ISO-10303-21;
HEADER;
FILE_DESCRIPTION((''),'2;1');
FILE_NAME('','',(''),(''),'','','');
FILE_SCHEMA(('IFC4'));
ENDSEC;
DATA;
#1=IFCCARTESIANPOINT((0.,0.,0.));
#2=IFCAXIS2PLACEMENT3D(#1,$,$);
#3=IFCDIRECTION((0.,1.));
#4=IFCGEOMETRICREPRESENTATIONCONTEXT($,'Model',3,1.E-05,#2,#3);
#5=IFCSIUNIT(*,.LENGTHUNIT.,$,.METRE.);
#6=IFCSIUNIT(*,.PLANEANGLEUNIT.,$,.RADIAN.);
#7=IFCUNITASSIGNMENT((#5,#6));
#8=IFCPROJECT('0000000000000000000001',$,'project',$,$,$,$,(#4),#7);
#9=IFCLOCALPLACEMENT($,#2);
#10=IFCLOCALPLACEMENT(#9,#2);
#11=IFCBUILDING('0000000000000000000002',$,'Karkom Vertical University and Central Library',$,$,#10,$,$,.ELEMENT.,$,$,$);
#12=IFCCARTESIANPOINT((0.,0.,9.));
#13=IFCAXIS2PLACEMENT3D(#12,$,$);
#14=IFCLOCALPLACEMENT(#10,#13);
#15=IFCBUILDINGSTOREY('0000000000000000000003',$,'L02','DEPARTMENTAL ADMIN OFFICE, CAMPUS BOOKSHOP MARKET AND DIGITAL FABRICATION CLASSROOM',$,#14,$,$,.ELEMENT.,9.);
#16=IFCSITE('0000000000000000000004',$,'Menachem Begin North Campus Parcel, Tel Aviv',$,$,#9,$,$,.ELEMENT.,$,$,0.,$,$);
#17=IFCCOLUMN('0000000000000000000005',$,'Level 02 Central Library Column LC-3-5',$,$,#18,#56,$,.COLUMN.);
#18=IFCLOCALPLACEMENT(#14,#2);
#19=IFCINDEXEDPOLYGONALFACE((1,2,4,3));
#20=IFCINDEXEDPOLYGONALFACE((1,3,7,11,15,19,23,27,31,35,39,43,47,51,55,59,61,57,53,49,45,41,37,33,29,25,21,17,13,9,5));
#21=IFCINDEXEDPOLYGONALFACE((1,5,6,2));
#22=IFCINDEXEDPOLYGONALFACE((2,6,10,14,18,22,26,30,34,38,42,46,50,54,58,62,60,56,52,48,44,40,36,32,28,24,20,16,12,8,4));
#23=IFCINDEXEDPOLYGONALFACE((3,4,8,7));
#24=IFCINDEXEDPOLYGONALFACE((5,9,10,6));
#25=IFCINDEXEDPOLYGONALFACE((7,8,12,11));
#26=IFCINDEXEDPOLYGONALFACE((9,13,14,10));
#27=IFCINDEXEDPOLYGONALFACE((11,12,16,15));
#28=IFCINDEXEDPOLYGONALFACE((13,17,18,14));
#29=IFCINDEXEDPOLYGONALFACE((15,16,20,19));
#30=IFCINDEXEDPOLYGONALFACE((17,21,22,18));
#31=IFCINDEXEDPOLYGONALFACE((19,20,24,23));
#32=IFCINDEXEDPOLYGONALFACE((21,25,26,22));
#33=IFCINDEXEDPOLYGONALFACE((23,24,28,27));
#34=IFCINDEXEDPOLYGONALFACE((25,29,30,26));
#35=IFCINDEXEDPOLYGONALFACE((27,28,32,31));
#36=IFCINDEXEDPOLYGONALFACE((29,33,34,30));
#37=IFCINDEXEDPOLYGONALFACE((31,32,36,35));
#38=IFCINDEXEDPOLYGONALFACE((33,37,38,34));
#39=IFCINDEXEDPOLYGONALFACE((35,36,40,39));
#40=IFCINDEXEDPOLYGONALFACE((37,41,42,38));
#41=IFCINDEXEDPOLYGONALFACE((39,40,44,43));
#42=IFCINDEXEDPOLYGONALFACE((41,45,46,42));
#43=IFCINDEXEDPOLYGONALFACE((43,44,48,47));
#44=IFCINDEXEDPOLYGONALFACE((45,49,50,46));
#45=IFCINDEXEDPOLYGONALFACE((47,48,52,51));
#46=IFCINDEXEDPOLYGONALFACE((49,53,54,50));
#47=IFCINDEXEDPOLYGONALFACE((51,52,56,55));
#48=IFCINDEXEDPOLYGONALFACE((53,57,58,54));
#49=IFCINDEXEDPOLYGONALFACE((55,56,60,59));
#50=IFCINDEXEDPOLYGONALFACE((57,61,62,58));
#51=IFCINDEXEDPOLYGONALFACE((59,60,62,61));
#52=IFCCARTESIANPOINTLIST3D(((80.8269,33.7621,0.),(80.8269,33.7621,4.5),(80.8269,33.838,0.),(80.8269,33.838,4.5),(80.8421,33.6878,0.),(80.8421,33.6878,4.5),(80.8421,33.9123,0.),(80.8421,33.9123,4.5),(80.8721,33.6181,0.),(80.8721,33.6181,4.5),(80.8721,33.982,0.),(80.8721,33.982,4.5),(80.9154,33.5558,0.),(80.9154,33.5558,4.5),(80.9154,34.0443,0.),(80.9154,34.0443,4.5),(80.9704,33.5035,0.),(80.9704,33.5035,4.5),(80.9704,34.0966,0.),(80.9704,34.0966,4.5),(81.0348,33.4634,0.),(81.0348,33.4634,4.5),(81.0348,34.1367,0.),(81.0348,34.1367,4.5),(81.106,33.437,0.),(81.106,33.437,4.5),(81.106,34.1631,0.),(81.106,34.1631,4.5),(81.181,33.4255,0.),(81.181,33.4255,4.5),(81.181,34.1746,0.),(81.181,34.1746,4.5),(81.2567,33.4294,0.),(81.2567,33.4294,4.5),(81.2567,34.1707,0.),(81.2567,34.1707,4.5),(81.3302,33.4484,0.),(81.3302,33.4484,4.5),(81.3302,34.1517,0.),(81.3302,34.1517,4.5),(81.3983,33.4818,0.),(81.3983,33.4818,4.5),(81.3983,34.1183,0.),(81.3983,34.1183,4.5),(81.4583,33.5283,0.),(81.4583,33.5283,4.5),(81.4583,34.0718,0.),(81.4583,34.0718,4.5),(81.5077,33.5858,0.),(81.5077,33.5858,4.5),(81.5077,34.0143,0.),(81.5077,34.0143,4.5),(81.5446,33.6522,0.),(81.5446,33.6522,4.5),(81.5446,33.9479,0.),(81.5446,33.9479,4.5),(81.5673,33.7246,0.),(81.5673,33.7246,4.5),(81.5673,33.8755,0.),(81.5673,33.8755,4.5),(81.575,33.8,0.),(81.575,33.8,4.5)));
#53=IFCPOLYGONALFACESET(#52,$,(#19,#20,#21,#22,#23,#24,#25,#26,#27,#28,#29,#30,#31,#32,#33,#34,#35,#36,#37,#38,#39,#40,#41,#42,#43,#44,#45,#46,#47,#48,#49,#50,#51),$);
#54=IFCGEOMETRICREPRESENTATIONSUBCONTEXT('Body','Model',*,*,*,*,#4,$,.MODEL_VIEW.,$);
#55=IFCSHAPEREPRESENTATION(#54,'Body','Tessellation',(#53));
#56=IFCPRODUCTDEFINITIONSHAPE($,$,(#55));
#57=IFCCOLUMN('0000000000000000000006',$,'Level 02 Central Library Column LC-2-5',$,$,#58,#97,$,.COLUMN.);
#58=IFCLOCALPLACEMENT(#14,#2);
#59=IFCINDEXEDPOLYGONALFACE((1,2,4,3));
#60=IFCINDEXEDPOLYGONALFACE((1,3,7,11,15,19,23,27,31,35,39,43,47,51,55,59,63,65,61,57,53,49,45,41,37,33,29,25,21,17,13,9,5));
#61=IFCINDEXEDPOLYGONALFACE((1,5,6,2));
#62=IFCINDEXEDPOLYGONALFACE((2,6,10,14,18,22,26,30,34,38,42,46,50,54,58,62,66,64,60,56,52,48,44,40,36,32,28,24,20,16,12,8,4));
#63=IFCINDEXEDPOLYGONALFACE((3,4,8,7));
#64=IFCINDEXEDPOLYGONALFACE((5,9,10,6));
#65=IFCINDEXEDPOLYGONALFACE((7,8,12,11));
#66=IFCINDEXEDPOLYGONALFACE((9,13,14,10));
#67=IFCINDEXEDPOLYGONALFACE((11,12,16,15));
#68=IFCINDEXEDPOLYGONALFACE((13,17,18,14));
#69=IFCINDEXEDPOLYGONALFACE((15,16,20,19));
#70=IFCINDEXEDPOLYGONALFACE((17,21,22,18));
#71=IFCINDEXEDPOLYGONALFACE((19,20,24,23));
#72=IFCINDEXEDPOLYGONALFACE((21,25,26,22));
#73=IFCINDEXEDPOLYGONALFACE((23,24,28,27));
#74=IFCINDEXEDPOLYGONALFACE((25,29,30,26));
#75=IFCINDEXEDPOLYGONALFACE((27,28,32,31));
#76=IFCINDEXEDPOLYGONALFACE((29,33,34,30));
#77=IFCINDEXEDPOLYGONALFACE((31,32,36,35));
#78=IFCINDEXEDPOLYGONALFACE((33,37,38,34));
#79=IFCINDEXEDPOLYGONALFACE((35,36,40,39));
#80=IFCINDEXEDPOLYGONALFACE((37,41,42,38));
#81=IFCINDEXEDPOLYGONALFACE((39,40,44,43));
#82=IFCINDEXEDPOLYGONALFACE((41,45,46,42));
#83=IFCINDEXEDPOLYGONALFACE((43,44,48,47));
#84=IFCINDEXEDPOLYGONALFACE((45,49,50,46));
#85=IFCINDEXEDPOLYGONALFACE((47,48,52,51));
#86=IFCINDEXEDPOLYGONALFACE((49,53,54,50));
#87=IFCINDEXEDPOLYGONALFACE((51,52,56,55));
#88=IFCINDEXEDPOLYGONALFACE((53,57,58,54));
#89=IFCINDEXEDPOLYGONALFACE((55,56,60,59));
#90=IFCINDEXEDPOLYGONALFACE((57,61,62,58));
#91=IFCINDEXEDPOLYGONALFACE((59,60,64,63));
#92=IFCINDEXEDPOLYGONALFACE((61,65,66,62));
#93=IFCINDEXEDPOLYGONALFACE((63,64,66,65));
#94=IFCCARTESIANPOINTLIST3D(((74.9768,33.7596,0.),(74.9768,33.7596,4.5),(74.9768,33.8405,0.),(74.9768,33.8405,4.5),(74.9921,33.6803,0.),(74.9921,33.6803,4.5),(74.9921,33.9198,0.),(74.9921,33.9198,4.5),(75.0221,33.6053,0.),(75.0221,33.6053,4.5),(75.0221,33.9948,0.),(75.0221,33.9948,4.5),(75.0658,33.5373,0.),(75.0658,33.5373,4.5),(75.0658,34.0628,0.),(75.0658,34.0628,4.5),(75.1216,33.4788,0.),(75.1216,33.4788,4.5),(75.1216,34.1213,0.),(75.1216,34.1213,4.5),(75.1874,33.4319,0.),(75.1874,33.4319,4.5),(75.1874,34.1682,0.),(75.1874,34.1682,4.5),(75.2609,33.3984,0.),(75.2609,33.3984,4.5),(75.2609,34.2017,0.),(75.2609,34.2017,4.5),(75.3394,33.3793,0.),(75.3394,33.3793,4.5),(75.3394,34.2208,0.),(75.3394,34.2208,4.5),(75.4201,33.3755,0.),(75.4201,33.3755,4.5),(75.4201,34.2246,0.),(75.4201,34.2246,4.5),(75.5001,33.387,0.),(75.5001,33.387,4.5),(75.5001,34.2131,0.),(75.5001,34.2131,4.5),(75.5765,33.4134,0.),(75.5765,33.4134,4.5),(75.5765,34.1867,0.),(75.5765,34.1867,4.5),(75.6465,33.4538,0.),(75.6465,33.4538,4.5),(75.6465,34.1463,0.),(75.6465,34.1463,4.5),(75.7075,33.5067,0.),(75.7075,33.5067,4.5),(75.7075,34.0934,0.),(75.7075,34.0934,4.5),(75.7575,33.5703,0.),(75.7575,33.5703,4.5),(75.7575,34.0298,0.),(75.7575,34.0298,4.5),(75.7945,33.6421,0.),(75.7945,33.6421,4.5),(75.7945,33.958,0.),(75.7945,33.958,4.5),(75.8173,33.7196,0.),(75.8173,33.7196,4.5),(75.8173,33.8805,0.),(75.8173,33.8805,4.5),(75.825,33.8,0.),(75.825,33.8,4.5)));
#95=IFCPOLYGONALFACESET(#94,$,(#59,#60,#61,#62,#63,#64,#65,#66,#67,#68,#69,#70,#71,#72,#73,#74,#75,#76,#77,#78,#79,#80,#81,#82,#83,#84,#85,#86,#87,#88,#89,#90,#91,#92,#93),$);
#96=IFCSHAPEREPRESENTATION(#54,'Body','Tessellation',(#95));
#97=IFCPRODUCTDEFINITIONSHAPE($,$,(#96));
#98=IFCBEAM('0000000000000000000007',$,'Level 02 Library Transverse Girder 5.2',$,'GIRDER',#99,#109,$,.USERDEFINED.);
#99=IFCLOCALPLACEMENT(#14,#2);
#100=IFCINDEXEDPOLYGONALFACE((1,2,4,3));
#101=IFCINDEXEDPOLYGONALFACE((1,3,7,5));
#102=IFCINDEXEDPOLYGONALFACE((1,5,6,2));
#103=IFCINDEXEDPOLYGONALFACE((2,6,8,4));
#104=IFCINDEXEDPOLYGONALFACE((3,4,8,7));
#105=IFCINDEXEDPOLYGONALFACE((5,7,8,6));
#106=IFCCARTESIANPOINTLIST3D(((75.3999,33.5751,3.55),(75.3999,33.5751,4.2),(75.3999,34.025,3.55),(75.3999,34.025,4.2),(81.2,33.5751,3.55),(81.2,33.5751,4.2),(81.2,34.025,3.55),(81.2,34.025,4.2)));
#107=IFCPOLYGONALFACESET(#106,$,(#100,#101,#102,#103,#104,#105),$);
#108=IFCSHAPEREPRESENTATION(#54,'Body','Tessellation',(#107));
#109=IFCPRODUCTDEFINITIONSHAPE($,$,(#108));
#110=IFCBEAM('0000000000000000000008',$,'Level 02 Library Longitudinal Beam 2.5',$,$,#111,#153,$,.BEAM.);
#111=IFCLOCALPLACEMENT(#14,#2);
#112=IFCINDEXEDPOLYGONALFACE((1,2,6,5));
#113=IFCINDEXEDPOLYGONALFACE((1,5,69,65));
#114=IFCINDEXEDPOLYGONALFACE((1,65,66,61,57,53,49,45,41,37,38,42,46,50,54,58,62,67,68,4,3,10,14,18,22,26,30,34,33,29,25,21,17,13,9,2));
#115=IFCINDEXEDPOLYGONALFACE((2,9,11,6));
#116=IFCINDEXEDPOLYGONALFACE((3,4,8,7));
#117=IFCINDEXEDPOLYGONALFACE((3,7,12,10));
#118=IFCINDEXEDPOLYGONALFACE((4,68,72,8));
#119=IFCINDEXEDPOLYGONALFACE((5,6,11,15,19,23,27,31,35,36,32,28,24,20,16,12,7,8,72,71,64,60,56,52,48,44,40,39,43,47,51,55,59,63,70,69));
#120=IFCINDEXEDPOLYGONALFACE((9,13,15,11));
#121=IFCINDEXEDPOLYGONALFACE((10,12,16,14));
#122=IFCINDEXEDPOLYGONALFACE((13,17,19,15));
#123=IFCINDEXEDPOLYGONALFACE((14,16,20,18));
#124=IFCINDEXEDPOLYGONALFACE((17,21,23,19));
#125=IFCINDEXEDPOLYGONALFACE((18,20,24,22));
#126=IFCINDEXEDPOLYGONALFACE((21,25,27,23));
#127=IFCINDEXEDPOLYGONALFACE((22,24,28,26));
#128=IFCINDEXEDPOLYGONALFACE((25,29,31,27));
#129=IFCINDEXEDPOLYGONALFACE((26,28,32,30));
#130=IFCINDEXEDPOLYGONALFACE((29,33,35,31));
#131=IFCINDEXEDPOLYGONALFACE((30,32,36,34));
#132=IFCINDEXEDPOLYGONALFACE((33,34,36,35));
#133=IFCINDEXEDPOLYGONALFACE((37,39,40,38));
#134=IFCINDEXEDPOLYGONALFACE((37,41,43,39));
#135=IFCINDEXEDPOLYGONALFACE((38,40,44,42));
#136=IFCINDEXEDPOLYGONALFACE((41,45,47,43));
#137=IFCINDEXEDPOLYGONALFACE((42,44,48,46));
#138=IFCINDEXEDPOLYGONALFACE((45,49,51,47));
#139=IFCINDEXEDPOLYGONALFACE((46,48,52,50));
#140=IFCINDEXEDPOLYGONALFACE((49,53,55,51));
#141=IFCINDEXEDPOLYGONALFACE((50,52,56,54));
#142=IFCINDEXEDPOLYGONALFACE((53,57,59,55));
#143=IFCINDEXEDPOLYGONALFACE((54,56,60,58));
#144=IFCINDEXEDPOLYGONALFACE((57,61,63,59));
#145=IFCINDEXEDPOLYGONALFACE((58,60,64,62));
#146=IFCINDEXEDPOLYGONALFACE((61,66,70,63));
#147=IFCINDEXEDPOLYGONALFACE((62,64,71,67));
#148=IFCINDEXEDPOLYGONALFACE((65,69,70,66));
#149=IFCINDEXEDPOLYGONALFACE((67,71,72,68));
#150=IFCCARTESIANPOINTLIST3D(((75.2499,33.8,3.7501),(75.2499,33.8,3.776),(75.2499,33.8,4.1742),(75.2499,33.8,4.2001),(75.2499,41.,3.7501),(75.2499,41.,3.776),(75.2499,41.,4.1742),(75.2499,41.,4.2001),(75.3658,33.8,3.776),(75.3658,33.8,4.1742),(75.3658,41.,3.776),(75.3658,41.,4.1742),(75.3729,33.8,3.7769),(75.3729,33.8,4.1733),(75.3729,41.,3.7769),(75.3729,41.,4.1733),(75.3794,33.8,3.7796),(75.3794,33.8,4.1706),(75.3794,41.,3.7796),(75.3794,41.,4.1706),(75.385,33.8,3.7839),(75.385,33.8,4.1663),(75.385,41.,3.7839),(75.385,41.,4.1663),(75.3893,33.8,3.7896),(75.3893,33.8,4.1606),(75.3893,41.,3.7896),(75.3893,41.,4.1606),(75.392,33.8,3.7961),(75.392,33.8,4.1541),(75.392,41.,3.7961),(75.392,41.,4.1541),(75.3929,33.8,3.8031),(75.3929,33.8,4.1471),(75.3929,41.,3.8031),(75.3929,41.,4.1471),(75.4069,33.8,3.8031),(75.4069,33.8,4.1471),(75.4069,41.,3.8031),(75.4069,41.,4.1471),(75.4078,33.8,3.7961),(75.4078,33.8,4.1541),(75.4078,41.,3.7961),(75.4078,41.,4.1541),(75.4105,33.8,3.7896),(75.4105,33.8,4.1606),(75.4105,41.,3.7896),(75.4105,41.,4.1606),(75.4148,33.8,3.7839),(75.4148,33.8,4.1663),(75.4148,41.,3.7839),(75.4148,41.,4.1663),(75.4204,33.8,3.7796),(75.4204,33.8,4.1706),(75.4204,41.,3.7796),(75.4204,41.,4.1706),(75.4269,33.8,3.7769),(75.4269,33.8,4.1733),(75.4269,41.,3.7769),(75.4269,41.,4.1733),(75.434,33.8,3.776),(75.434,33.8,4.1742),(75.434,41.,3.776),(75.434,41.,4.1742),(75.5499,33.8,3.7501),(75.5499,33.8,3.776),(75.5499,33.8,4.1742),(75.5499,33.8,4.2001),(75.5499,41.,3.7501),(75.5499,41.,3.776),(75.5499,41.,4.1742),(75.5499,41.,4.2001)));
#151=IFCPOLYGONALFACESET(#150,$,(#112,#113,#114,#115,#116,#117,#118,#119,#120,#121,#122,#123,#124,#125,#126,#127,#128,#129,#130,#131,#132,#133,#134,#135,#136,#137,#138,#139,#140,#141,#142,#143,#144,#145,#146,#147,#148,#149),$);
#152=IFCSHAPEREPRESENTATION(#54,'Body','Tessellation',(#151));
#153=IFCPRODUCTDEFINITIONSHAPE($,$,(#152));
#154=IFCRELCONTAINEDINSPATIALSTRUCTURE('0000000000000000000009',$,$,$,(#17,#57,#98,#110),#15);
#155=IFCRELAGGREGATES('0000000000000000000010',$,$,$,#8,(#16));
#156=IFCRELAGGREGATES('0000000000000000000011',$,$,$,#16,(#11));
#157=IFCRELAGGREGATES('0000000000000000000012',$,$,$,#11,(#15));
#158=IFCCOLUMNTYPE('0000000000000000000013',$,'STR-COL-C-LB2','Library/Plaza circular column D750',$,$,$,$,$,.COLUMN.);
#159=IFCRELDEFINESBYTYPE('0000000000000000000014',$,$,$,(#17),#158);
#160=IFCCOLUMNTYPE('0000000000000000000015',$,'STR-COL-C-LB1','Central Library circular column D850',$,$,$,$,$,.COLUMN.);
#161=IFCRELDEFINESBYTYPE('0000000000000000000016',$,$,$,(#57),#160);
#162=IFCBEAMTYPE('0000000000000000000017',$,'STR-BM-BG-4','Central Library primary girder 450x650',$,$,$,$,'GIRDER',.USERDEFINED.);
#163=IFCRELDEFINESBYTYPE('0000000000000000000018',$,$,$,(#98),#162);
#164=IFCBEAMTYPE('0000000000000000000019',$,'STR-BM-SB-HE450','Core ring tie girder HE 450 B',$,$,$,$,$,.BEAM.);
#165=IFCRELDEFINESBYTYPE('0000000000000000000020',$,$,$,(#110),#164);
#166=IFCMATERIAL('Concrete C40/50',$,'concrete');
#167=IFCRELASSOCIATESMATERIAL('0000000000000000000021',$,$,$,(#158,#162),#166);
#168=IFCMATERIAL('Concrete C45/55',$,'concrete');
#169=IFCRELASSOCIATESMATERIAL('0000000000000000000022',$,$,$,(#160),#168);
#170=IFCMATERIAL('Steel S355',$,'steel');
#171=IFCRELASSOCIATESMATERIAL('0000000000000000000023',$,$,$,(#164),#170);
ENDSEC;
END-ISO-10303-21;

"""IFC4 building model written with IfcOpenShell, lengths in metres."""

from ifc_helpers import new_model, si_unit, direction, frame, origin, origin_with_axes, origin_2d, place, context, subcontext, project, spatial, rectangle, circle, i_section, extrude, source, transform, mapped, material, material_profile, profile_set, type_object, element, save


model = new_model("IFC4")

# Units and contexts
model_context = context("Model", 3, precision=1e-05, world=origin(), true_north=direction((0.0, 1.0)))
body_context = subcontext(model_context, "Body", "Model", "MODEL_VIEW")
ifc_project = project(units=[si_unit("LENGTHUNIT", "METRE"), si_unit("PLANEANGLEUNIT", "RADIAN")], contexts=[model_context])

# Site, building, storey
site_placement = place(None, origin())
site = spatial("IfcSite", under=ifc_project, at=site_placement, Name="Menachem Begin North Campus Parcel, Tel Aviv", CompositionType="ELEMENT", RefElevation=0.0)
building_placement = place(site_placement, origin())
building = spatial("IfcBuilding", under=site, at=building_placement, Name="Karkom Vertical University and Central Library", CompositionType="ELEMENT")
storey_placement = place(building_placement, frame((0.0, 0.0, 9.0)))
storey = spatial("IfcBuildingStorey", under=building, at=storey_placement, Name="L02", Description="DEPARTMENTAL ADMIN OFFICE, CAMPUS BOOKSHOP MARKET AND DIGITAL FABRICATION CLASSROOM", CompositionType="ELEMENT", Elevation=9.0)

# Columns
ifc_material_1 = material(Name="Concrete C40/50", Category="concrete")
ifc_material_profile_1 = material_profile(ifc_material_1, circle(Radius=0.375, at=origin_2d()), Name="RC-D750")
ifc_profile_set_1 = profile_set([ifc_material_profile_1], Name="Concrete C40/50")
column_type_1 = type_object("IfcColumnType", Name="STR-COL-C-LB2", Description="Library/Plaza circular column D750", PredefinedType="COLUMN", material=ifc_profile_set_1)
shared_shape_1 = source(origin_with_axes(), body_context, "Body", "SweptSolid", [
    extrude(circle(Radius=0.375, at=origin_2d()), origin(), (0.0, 0.0, 1.0), 4.5),
])
column_1_placement = place(storey_placement, frame((81.2, 33.8, 0.0), z_axis=(0.0, 0.0, 1.0), x_axis=(1.0, 0.0, 0.0)))
element("IfcColumn", 1, at=column_1_placement, inside=storey, type_object=column_type_1, Name="Level 02 Central Library Column LC-3-5", PredefinedType="COLUMN", context=body_context, shape_type="MappedRepresentation", body=[
    mapped(shared_shape_1, transform((0.0, 0.0, 0.0), scale=1.0)),
])
ifc_material_2 = material(Name="Concrete C45/55", Category="concrete")
ifc_material_profile_2 = material_profile(ifc_material_2, circle(Radius=0.425, at=origin_2d()), Name="RC-D850")
ifc_profile_set_2 = profile_set([ifc_material_profile_2], Name="Concrete C45/55")
column_type_2 = type_object("IfcColumnType", Name="STR-COL-C-LB1", Description="Central Library circular column D850", PredefinedType="COLUMN", material=ifc_profile_set_2)
shared_shape_2 = source(origin_with_axes(), body_context, "Body", "SweptSolid", [
    extrude(circle(Radius=0.425, at=origin_2d()), origin(), (0.0, 0.0, 1.0), 4.5),
])
column_2_placement = place(storey_placement, frame((75.3999, 33.8, 0.0), z_axis=(0.0, 0.0, 1.0), x_axis=(1.0, 0.0, 0.0)))
element("IfcColumn", 2, at=column_2_placement, inside=storey, type_object=column_type_2, Name="Level 02 Central Library Column LC-2-5", PredefinedType="COLUMN", context=body_context, shape_type="MappedRepresentation", body=[
    mapped(shared_shape_2, transform((0.0, 0.0, 0.0), scale=1.0)),
])

# Beams
ifc_material_profile_3 = material_profile(ifc_material_1, rectangle(XDim=0.45, YDim=0.6499, at=origin_2d()), Name="RCB-450x650")
ifc_profile_set_3 = profile_set([ifc_material_profile_3], Name="Concrete C40/50")
beam_type_1 = type_object("IfcBeamType", Name="STR-BM-BG-4", Description="Central Library primary girder 450x650", ElementType="GIRDER", PredefinedType="USERDEFINED", material=ifc_profile_set_3)
shared_shape_3 = source(origin_with_axes(), body_context, "Body", "SweptSolid", [
    extrude(rectangle(XDim=0.45, YDim=0.6499, at=origin_2d()), origin(), (0.0, 0.0, 1.0), 5.8),
])
beam_placement = place(storey_placement, frame((75.3999, 33.8, 3.875), z_axis=(1.0, 0.0, 0.0), x_axis=(0.0, 1.0, 0.0)))
element("IfcBeam", 3, at=beam_placement, inside=storey, type_object=beam_type_1, Name="Level 02 Library Transverse Girder 5.2", ObjectType="GIRDER", PredefinedType="USERDEFINED", context=body_context, shape_type="MappedRepresentation", body=[
    mapped(shared_shape_3, transform((0.0, 0.0, 0.0), scale=1.0)),
])
ifc_material_3 = material(Name="Steel S355", Category="steel")
ifc_material_profile_4 = material_profile(ifc_material_3, i_section(OverallWidth=0.3, OverallDepth=0.45, WebThickness=0.0139, FlangeThickness=0.0259, FilletRadius=0.0271, at=origin_2d()), Name="HE 450 B")
ifc_profile_set_4 = profile_set([ifc_material_profile_4], Name="Steel S355")
beam_type_2 = type_object("IfcBeamType", Name="STR-BM-SB-HE450", Description="Core ring tie girder HE 450 B", PredefinedType="BEAM", material=ifc_profile_set_4)
shared_shape_4 = source(origin_with_axes(), body_context, "Body", "SweptSolid", [
    extrude(i_section(OverallWidth=0.3, OverallDepth=0.45, WebThickness=0.0139, FlangeThickness=0.0259, FilletRadius=0.0271, at=origin_2d()), origin(), (0.0, 0.0, 1.0), 7.2),
])
for number, where, z_axis, x_axis, name in (
    (4, (75.3999, 33.8, 3.9751), (0.0, 1.0, 0.0), (-1.0, 0.0, 0.0), "Level 02 Library Longitudinal Beam 2.5"),
):
    element("IfcBeam", number, at=place(storey_placement, frame(where, z_axis=z_axis, x_axis=x_axis)), inside=storey, type_object=beam_type_2, Name=name, PredefinedType="BEAM", context=body_context, shape_type="MappedRepresentation", body=[
        mapped(shared_shape_4, transform((0.0, 0.0, 0.0), scale=1.0)),
    ])

save(model, "model.ifc")
